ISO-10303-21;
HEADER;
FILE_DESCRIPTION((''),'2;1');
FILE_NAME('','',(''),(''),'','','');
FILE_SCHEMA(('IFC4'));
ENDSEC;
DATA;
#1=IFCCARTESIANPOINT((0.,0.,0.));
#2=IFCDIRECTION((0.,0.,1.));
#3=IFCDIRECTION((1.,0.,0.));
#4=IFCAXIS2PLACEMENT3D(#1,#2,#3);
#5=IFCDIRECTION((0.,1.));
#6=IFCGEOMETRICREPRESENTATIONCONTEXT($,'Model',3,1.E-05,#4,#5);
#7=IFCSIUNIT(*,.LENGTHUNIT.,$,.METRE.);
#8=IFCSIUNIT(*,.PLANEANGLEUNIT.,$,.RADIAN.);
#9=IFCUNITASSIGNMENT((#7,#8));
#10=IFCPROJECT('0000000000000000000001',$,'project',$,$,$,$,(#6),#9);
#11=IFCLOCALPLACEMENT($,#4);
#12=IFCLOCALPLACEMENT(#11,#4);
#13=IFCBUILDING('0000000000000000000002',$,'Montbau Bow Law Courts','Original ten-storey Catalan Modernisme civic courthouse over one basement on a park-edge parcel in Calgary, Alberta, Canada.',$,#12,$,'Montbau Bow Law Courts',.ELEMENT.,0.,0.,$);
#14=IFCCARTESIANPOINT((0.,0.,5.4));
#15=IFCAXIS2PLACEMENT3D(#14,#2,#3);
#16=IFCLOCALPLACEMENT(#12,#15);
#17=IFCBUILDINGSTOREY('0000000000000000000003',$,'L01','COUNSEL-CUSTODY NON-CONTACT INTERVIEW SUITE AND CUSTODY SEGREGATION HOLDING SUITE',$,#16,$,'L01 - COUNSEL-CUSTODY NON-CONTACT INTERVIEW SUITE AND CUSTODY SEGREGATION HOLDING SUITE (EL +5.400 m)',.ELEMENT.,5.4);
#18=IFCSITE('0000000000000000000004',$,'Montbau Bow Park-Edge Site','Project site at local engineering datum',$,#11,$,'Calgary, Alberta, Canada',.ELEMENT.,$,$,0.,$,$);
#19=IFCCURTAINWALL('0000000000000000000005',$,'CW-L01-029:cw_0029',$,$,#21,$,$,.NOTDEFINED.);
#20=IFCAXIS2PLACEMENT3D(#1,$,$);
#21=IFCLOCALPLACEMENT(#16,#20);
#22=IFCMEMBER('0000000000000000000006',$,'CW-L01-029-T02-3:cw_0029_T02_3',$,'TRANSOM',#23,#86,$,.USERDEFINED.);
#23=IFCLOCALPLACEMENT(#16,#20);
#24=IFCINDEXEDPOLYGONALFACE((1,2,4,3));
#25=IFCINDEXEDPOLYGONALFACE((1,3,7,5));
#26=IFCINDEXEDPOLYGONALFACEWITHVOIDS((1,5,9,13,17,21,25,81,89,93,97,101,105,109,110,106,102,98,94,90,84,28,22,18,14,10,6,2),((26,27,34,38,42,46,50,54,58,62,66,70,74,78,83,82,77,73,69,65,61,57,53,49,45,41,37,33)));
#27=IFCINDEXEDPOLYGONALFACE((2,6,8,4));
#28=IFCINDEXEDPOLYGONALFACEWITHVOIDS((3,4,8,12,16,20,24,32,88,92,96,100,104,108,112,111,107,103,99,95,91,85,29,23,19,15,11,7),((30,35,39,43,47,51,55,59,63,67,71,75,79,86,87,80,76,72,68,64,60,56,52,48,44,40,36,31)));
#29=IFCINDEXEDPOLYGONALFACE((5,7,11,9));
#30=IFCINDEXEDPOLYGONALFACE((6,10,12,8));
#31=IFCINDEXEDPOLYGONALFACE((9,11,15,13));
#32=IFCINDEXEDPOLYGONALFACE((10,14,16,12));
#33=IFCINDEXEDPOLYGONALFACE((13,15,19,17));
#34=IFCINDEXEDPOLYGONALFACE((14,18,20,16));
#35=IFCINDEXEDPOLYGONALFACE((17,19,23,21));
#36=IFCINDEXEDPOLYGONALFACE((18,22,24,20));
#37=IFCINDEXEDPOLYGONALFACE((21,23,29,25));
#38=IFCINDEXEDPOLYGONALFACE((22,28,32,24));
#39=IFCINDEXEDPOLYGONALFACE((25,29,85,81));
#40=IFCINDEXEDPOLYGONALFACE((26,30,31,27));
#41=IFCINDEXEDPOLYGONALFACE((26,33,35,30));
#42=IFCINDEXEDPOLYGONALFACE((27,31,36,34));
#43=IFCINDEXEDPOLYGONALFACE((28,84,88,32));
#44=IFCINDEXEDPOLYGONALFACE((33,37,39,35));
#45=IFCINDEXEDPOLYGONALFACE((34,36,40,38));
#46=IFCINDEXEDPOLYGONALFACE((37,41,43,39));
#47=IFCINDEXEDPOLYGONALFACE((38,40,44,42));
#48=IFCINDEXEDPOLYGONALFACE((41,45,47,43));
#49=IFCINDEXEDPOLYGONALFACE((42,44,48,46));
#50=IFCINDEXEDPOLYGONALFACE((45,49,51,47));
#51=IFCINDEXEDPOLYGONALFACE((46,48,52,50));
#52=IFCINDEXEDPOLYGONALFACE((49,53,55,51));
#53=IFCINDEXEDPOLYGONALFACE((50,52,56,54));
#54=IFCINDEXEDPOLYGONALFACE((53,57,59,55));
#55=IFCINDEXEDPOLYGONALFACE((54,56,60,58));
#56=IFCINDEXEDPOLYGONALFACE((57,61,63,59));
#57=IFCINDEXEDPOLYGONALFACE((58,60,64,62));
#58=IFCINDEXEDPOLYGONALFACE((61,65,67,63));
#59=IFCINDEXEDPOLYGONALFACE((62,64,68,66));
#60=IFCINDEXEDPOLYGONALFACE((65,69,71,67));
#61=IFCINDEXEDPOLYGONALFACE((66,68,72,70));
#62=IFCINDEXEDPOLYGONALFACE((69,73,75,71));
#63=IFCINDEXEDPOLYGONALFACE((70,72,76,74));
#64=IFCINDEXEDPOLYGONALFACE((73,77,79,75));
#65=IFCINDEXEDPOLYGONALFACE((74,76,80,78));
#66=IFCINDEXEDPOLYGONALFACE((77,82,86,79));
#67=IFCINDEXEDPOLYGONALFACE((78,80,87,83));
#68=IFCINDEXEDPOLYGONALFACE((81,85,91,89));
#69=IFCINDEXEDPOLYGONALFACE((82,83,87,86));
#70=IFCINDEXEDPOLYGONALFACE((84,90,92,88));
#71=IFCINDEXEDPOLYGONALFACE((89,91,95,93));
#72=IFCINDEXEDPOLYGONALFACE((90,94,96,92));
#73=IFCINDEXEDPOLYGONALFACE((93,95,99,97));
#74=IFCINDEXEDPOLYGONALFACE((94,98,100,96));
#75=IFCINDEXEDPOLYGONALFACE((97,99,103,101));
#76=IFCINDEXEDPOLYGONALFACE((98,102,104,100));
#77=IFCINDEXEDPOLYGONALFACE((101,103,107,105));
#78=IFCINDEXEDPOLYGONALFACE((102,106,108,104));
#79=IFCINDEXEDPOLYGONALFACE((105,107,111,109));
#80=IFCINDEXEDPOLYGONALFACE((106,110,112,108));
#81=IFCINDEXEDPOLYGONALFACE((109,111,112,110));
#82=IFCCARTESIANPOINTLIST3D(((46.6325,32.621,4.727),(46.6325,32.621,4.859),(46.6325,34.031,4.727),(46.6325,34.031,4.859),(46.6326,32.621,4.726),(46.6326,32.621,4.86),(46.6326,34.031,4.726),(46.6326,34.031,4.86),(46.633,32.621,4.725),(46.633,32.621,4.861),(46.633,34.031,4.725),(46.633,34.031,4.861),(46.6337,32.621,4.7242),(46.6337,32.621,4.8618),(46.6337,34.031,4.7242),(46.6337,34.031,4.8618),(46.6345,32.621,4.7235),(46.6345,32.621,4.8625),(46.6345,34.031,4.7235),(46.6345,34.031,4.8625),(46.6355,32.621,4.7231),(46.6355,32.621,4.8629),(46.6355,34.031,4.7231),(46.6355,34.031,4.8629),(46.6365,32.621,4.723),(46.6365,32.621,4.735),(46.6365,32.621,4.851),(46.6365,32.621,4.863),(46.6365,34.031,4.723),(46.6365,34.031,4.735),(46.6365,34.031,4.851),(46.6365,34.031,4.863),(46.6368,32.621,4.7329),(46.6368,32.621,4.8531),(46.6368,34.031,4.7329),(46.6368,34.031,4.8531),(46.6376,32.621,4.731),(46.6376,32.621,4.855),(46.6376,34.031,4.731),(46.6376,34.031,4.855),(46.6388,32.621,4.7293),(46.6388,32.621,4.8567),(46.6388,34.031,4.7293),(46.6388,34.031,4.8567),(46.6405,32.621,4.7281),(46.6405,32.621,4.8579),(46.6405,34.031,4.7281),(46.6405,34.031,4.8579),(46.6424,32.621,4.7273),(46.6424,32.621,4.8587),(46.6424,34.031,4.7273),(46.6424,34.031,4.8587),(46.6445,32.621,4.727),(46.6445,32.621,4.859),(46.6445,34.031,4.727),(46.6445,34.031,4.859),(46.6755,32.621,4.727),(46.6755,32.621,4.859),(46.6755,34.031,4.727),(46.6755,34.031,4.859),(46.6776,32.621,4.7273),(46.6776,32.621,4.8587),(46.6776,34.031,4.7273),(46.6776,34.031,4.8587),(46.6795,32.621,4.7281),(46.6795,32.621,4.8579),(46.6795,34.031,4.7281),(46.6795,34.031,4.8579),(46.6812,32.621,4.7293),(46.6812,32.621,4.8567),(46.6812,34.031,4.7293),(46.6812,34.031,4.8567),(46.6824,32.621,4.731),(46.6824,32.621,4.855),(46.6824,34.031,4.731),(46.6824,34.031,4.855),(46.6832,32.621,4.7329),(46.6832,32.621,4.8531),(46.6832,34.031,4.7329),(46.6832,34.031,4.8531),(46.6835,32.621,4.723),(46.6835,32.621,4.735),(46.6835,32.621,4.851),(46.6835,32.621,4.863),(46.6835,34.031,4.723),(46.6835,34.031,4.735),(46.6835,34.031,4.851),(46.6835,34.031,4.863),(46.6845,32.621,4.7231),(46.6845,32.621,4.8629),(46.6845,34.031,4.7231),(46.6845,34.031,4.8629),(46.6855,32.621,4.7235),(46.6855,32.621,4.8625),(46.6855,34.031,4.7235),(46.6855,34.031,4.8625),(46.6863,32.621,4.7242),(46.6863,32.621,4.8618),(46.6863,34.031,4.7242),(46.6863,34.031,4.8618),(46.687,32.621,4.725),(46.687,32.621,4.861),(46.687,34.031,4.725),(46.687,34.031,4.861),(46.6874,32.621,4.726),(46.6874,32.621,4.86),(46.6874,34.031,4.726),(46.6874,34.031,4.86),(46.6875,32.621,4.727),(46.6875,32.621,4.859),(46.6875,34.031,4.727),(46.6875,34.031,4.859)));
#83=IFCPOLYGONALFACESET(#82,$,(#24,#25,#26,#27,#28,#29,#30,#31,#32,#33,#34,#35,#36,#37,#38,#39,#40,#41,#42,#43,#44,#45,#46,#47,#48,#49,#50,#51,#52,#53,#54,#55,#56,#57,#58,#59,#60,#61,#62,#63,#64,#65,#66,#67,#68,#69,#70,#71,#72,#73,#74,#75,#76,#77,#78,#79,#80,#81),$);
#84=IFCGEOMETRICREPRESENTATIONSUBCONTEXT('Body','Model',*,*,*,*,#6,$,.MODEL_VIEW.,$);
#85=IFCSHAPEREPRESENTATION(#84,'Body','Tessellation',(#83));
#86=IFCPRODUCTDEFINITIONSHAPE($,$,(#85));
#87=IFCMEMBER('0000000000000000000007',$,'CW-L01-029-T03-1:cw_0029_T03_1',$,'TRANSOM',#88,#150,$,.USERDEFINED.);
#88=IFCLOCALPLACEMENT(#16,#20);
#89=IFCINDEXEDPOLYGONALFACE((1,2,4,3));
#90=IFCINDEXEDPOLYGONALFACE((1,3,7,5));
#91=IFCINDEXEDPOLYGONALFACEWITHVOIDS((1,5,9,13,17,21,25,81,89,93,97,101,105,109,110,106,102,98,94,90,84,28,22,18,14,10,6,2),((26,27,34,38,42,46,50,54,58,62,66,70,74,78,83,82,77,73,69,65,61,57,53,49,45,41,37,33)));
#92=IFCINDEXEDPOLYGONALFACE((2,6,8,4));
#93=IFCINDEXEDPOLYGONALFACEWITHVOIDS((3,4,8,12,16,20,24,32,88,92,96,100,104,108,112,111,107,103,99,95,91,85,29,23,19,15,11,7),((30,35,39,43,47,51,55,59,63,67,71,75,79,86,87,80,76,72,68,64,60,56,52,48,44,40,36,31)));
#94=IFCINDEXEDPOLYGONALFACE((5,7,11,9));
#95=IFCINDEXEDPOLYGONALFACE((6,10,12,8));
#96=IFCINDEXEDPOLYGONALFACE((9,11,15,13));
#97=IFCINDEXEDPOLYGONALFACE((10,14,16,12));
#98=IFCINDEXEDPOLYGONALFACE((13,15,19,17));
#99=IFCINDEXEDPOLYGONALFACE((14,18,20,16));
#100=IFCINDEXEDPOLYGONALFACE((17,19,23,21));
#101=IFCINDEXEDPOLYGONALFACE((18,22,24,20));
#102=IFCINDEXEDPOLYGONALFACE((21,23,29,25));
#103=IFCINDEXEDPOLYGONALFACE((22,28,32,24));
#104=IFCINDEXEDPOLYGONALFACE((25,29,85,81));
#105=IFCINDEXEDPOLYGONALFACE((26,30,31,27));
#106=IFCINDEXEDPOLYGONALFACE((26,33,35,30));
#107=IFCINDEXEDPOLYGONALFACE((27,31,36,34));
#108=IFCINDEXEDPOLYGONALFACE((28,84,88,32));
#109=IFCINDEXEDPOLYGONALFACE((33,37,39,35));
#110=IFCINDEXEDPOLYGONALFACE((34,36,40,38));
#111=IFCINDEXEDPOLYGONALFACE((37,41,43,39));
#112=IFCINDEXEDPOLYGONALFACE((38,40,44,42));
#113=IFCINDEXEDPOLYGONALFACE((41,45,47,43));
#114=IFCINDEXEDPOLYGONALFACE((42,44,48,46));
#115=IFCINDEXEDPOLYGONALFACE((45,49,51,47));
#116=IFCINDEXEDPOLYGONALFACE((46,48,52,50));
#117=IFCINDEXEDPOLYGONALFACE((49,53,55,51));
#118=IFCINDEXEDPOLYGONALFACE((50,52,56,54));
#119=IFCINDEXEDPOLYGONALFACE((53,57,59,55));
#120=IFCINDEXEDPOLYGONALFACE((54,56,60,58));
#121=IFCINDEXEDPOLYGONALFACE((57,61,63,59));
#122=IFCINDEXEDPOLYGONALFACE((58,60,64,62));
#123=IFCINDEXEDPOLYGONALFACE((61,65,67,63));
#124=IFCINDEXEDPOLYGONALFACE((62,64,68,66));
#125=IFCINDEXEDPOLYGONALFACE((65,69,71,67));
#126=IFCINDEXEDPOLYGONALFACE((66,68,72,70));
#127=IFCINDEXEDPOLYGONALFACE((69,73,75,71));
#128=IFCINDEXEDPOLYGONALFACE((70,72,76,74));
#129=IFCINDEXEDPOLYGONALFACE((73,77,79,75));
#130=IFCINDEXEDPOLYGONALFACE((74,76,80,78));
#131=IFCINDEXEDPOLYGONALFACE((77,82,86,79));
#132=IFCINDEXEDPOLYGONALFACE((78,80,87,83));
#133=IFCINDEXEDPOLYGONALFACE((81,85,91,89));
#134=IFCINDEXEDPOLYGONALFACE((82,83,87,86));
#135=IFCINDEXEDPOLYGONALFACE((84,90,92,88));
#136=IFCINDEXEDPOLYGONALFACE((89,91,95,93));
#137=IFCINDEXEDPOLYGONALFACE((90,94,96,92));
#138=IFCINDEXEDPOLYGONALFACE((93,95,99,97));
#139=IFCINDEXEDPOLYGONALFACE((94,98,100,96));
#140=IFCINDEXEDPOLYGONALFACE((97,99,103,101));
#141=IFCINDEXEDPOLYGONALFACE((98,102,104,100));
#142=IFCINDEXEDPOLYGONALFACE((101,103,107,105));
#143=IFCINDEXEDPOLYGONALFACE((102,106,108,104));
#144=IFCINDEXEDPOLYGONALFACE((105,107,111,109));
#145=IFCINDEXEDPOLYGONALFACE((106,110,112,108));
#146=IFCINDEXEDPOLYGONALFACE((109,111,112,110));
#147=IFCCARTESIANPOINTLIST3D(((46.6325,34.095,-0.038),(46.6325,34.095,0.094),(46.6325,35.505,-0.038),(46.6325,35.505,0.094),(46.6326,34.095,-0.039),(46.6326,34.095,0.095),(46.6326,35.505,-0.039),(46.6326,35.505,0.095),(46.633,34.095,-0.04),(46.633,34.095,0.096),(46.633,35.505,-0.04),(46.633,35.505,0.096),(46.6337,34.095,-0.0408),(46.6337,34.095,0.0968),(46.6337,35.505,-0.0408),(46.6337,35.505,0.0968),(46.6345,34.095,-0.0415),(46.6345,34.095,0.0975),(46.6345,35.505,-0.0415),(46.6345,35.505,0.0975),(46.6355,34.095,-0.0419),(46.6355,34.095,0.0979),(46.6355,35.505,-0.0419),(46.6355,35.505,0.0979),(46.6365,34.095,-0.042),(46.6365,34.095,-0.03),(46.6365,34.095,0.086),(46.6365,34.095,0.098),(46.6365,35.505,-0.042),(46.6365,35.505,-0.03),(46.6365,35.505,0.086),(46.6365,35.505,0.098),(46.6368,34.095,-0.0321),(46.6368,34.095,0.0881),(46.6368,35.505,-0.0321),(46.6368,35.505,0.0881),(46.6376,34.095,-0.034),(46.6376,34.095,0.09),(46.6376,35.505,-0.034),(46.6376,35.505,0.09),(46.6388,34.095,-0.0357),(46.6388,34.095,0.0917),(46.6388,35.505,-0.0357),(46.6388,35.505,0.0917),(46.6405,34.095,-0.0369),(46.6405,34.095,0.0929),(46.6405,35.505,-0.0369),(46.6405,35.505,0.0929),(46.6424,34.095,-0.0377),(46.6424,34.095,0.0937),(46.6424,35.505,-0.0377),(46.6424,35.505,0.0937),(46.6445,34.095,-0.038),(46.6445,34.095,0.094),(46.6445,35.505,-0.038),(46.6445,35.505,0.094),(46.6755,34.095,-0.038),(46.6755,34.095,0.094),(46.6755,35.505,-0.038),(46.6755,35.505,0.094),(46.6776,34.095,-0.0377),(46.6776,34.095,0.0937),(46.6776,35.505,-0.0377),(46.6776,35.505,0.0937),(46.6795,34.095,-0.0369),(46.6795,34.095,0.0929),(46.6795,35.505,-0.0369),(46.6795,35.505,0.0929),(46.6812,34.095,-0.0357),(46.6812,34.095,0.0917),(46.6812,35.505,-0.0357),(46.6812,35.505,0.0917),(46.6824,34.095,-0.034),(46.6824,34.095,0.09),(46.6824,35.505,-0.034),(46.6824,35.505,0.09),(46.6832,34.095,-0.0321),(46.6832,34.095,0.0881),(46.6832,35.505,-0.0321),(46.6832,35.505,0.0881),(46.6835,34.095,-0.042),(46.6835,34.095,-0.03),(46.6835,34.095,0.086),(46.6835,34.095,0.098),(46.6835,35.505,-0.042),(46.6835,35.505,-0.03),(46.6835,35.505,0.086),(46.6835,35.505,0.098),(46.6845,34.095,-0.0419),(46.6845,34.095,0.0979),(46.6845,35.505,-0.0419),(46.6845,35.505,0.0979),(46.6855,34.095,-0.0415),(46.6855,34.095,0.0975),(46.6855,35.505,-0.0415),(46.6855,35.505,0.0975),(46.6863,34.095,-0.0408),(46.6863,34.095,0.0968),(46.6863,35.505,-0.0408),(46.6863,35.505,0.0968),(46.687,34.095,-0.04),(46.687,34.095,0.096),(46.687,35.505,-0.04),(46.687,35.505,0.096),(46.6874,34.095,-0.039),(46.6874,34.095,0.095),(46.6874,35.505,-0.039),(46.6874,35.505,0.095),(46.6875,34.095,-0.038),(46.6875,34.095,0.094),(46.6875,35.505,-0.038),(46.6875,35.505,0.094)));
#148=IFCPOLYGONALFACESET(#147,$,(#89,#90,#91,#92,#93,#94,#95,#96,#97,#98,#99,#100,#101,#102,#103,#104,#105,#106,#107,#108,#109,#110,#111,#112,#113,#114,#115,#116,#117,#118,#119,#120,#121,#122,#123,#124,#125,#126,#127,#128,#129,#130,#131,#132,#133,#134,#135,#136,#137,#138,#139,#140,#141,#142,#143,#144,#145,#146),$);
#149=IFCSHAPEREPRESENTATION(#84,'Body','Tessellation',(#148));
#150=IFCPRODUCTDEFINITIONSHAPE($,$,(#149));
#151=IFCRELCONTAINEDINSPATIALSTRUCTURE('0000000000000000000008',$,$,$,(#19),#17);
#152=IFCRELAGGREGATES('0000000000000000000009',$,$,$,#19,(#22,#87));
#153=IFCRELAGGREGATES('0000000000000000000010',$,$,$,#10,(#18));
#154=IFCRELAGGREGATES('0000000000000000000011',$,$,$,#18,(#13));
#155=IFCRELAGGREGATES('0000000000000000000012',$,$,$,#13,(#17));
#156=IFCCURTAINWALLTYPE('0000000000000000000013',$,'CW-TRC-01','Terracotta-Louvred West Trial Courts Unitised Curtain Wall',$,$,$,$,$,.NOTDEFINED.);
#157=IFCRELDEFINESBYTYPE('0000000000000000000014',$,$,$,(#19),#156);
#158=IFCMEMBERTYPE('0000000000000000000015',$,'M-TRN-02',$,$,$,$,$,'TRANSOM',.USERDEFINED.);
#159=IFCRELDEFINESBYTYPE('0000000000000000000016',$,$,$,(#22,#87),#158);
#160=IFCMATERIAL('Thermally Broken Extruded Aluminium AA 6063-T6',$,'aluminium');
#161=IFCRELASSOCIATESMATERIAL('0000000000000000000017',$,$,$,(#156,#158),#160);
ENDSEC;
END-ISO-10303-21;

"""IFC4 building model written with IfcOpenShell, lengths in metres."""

from ifc_helpers import new_model, si_unit, direction, frame, origin_with_axes, origin_2d_with_axis, place, context, subcontext, project, spatial, hollow_rectangle, extrude, material, material_profile, profile_set, type_object, element, aggregate, save


model = new_model("IFC4")

# Units and contexts
model_context = context("Model", 3, precision=1e-05, world=origin_with_axes(), true_north=direction((0.0, 1.0)))
body_context = subcontext(model_context, "Body", "Model", "MODEL_VIEW")
ifc_project = project(units=[si_unit("LENGTHUNIT", "METRE"), si_unit("PLANEANGLEUNIT", "RADIAN")], contexts=[model_context])

# Site, building, storey
site_placement = place(None, origin_with_axes())
site = spatial("IfcSite", under=ifc_project, at=site_placement, Name="Montbau Bow Park-Edge Site", Description="Project site at local engineering datum", LongName="Calgary, Alberta, Canada", CompositionType="ELEMENT", RefElevation=0.0)
building_placement = place(site_placement, origin_with_axes())
building = spatial("IfcBuilding", under=site, at=building_placement, Name="Montbau Bow Law Courts", Description="Original ten-storey Catalan Modernisme civic courthouse over one basement on a park-edge parcel in Calgary, Alberta, Canada.", LongName="Montbau Bow Law Courts", CompositionType="ELEMENT", ElevationOfRefHeight=0.0, ElevationOfTerrain=0.0)
storey_placement = place(building_placement, frame((0.0, 0.0, 5.4), z_axis=(0.0, 0.0, 1.0), x_axis=(1.0, 0.0, 0.0)))
storey = spatial("IfcBuildingStorey", under=building, at=storey_placement, Name="L01", Description="COUNSEL-CUSTODY NON-CONTACT INTERVIEW SUITE AND CUSTODY SEGREGATION HOLDING SUITE", LongName="L01 - COUNSEL-CUSTODY NON-CONTACT INTERVIEW SUITE AND CUSTODY SEGREGATION HOLDING SUITE (EL +5.400 m)", CompositionType="ELEMENT", Elevation=5.4)

# Curtain wall, members
ifc_material_1 = material(Name="Thermally Broken Extruded Aluminium AA 6063-T6", Category="aluminium")
curtain_wall_type = type_object("IfcCurtainWallType", Name="CW-TRC-01", Description="Terracotta-Louvred West Trial Courts Unitised Curtain Wall", PredefinedType="NOTDEFINED", material=ifc_material_1)
curtain_wall_placement = place(None, frame((46.66, 31.115, 5.4), z_axis=(0.0, 0.0, 1.0), x_axis=(1.0, 0.0, 0.0)))
curtain_wall = element("IfcCurtainWall", 1, at=curtain_wall_placement, inside=storey, type_object=curtain_wall_type, Name="CW-L01-029:cw_0029", PredefinedType="NOTDEFINED")
ifc_material_profile = material_profile(ifc_material_1, hollow_rectangle(XDim=0.055, YDim=0.14, WallThickness=0.004, InnerFilletRadius=0.008, OuterFilletRadius=0.004, at=origin_2d_with_axis()), Name="CWT-140X55", Category="Main", Priority=0)
ifc_profile_set = profile_set([ifc_material_profile], Name="Thermally Broken Extruded Aluminium AA 6063-T6")
member_type = type_object("IfcMemberType", Name="M-TRN-02", ElementType="TRANSOM", PredefinedType="USERDEFINED", material=ifc_profile_set)
member_1_placement = place(None, frame((46.66, 32.621, 10.193), z_axis=(0.0, 1.0, 0.0), x_axis=(-1.0, 0.0, 0.0)))
member_1 = element("IfcMember", 2, at=member_1_placement, type_object=member_type, Name="CW-L01-029-T02-3:cw_0029_T02_3", ObjectType="TRANSOM", PredefinedType="USERDEFINED", context=body_context, shape_type="SweptSolid", body=[
    extrude(hollow_rectangle(XDim=0.055, YDim=0.14, WallThickness=0.004, InnerFilletRadius=0.008, OuterFilletRadius=0.004, at=origin_2d_with_axis()), origin_with_axes(), (0.0, 0.0, 1.0), 1.41),
])
member_2_placement = place(None, frame((46.66, 34.095, 5.428), z_axis=(0.0, 1.0, 0.0), x_axis=(-1.0, 0.0, 0.0)))
member_2 = element("IfcMember", 3, at=member_2_placement, type_object=member_type, Name="CW-L01-029-T03-1:cw_0029_T03_1", ObjectType="TRANSOM", PredefinedType="USERDEFINED", context=body_context, shape_type="SweptSolid", body=[
    extrude(hollow_rectangle(XDim=0.055, YDim=0.14, WallThickness=0.004, InnerFilletRadius=0.008, OuterFilletRadius=0.004, at=origin_2d_with_axis()), origin_with_axes(), (0.0, 0.0, 1.0), 1.41),
])
aggregate(curtain_wall, [member_1, member_2])

save(model, "model.ifc")
